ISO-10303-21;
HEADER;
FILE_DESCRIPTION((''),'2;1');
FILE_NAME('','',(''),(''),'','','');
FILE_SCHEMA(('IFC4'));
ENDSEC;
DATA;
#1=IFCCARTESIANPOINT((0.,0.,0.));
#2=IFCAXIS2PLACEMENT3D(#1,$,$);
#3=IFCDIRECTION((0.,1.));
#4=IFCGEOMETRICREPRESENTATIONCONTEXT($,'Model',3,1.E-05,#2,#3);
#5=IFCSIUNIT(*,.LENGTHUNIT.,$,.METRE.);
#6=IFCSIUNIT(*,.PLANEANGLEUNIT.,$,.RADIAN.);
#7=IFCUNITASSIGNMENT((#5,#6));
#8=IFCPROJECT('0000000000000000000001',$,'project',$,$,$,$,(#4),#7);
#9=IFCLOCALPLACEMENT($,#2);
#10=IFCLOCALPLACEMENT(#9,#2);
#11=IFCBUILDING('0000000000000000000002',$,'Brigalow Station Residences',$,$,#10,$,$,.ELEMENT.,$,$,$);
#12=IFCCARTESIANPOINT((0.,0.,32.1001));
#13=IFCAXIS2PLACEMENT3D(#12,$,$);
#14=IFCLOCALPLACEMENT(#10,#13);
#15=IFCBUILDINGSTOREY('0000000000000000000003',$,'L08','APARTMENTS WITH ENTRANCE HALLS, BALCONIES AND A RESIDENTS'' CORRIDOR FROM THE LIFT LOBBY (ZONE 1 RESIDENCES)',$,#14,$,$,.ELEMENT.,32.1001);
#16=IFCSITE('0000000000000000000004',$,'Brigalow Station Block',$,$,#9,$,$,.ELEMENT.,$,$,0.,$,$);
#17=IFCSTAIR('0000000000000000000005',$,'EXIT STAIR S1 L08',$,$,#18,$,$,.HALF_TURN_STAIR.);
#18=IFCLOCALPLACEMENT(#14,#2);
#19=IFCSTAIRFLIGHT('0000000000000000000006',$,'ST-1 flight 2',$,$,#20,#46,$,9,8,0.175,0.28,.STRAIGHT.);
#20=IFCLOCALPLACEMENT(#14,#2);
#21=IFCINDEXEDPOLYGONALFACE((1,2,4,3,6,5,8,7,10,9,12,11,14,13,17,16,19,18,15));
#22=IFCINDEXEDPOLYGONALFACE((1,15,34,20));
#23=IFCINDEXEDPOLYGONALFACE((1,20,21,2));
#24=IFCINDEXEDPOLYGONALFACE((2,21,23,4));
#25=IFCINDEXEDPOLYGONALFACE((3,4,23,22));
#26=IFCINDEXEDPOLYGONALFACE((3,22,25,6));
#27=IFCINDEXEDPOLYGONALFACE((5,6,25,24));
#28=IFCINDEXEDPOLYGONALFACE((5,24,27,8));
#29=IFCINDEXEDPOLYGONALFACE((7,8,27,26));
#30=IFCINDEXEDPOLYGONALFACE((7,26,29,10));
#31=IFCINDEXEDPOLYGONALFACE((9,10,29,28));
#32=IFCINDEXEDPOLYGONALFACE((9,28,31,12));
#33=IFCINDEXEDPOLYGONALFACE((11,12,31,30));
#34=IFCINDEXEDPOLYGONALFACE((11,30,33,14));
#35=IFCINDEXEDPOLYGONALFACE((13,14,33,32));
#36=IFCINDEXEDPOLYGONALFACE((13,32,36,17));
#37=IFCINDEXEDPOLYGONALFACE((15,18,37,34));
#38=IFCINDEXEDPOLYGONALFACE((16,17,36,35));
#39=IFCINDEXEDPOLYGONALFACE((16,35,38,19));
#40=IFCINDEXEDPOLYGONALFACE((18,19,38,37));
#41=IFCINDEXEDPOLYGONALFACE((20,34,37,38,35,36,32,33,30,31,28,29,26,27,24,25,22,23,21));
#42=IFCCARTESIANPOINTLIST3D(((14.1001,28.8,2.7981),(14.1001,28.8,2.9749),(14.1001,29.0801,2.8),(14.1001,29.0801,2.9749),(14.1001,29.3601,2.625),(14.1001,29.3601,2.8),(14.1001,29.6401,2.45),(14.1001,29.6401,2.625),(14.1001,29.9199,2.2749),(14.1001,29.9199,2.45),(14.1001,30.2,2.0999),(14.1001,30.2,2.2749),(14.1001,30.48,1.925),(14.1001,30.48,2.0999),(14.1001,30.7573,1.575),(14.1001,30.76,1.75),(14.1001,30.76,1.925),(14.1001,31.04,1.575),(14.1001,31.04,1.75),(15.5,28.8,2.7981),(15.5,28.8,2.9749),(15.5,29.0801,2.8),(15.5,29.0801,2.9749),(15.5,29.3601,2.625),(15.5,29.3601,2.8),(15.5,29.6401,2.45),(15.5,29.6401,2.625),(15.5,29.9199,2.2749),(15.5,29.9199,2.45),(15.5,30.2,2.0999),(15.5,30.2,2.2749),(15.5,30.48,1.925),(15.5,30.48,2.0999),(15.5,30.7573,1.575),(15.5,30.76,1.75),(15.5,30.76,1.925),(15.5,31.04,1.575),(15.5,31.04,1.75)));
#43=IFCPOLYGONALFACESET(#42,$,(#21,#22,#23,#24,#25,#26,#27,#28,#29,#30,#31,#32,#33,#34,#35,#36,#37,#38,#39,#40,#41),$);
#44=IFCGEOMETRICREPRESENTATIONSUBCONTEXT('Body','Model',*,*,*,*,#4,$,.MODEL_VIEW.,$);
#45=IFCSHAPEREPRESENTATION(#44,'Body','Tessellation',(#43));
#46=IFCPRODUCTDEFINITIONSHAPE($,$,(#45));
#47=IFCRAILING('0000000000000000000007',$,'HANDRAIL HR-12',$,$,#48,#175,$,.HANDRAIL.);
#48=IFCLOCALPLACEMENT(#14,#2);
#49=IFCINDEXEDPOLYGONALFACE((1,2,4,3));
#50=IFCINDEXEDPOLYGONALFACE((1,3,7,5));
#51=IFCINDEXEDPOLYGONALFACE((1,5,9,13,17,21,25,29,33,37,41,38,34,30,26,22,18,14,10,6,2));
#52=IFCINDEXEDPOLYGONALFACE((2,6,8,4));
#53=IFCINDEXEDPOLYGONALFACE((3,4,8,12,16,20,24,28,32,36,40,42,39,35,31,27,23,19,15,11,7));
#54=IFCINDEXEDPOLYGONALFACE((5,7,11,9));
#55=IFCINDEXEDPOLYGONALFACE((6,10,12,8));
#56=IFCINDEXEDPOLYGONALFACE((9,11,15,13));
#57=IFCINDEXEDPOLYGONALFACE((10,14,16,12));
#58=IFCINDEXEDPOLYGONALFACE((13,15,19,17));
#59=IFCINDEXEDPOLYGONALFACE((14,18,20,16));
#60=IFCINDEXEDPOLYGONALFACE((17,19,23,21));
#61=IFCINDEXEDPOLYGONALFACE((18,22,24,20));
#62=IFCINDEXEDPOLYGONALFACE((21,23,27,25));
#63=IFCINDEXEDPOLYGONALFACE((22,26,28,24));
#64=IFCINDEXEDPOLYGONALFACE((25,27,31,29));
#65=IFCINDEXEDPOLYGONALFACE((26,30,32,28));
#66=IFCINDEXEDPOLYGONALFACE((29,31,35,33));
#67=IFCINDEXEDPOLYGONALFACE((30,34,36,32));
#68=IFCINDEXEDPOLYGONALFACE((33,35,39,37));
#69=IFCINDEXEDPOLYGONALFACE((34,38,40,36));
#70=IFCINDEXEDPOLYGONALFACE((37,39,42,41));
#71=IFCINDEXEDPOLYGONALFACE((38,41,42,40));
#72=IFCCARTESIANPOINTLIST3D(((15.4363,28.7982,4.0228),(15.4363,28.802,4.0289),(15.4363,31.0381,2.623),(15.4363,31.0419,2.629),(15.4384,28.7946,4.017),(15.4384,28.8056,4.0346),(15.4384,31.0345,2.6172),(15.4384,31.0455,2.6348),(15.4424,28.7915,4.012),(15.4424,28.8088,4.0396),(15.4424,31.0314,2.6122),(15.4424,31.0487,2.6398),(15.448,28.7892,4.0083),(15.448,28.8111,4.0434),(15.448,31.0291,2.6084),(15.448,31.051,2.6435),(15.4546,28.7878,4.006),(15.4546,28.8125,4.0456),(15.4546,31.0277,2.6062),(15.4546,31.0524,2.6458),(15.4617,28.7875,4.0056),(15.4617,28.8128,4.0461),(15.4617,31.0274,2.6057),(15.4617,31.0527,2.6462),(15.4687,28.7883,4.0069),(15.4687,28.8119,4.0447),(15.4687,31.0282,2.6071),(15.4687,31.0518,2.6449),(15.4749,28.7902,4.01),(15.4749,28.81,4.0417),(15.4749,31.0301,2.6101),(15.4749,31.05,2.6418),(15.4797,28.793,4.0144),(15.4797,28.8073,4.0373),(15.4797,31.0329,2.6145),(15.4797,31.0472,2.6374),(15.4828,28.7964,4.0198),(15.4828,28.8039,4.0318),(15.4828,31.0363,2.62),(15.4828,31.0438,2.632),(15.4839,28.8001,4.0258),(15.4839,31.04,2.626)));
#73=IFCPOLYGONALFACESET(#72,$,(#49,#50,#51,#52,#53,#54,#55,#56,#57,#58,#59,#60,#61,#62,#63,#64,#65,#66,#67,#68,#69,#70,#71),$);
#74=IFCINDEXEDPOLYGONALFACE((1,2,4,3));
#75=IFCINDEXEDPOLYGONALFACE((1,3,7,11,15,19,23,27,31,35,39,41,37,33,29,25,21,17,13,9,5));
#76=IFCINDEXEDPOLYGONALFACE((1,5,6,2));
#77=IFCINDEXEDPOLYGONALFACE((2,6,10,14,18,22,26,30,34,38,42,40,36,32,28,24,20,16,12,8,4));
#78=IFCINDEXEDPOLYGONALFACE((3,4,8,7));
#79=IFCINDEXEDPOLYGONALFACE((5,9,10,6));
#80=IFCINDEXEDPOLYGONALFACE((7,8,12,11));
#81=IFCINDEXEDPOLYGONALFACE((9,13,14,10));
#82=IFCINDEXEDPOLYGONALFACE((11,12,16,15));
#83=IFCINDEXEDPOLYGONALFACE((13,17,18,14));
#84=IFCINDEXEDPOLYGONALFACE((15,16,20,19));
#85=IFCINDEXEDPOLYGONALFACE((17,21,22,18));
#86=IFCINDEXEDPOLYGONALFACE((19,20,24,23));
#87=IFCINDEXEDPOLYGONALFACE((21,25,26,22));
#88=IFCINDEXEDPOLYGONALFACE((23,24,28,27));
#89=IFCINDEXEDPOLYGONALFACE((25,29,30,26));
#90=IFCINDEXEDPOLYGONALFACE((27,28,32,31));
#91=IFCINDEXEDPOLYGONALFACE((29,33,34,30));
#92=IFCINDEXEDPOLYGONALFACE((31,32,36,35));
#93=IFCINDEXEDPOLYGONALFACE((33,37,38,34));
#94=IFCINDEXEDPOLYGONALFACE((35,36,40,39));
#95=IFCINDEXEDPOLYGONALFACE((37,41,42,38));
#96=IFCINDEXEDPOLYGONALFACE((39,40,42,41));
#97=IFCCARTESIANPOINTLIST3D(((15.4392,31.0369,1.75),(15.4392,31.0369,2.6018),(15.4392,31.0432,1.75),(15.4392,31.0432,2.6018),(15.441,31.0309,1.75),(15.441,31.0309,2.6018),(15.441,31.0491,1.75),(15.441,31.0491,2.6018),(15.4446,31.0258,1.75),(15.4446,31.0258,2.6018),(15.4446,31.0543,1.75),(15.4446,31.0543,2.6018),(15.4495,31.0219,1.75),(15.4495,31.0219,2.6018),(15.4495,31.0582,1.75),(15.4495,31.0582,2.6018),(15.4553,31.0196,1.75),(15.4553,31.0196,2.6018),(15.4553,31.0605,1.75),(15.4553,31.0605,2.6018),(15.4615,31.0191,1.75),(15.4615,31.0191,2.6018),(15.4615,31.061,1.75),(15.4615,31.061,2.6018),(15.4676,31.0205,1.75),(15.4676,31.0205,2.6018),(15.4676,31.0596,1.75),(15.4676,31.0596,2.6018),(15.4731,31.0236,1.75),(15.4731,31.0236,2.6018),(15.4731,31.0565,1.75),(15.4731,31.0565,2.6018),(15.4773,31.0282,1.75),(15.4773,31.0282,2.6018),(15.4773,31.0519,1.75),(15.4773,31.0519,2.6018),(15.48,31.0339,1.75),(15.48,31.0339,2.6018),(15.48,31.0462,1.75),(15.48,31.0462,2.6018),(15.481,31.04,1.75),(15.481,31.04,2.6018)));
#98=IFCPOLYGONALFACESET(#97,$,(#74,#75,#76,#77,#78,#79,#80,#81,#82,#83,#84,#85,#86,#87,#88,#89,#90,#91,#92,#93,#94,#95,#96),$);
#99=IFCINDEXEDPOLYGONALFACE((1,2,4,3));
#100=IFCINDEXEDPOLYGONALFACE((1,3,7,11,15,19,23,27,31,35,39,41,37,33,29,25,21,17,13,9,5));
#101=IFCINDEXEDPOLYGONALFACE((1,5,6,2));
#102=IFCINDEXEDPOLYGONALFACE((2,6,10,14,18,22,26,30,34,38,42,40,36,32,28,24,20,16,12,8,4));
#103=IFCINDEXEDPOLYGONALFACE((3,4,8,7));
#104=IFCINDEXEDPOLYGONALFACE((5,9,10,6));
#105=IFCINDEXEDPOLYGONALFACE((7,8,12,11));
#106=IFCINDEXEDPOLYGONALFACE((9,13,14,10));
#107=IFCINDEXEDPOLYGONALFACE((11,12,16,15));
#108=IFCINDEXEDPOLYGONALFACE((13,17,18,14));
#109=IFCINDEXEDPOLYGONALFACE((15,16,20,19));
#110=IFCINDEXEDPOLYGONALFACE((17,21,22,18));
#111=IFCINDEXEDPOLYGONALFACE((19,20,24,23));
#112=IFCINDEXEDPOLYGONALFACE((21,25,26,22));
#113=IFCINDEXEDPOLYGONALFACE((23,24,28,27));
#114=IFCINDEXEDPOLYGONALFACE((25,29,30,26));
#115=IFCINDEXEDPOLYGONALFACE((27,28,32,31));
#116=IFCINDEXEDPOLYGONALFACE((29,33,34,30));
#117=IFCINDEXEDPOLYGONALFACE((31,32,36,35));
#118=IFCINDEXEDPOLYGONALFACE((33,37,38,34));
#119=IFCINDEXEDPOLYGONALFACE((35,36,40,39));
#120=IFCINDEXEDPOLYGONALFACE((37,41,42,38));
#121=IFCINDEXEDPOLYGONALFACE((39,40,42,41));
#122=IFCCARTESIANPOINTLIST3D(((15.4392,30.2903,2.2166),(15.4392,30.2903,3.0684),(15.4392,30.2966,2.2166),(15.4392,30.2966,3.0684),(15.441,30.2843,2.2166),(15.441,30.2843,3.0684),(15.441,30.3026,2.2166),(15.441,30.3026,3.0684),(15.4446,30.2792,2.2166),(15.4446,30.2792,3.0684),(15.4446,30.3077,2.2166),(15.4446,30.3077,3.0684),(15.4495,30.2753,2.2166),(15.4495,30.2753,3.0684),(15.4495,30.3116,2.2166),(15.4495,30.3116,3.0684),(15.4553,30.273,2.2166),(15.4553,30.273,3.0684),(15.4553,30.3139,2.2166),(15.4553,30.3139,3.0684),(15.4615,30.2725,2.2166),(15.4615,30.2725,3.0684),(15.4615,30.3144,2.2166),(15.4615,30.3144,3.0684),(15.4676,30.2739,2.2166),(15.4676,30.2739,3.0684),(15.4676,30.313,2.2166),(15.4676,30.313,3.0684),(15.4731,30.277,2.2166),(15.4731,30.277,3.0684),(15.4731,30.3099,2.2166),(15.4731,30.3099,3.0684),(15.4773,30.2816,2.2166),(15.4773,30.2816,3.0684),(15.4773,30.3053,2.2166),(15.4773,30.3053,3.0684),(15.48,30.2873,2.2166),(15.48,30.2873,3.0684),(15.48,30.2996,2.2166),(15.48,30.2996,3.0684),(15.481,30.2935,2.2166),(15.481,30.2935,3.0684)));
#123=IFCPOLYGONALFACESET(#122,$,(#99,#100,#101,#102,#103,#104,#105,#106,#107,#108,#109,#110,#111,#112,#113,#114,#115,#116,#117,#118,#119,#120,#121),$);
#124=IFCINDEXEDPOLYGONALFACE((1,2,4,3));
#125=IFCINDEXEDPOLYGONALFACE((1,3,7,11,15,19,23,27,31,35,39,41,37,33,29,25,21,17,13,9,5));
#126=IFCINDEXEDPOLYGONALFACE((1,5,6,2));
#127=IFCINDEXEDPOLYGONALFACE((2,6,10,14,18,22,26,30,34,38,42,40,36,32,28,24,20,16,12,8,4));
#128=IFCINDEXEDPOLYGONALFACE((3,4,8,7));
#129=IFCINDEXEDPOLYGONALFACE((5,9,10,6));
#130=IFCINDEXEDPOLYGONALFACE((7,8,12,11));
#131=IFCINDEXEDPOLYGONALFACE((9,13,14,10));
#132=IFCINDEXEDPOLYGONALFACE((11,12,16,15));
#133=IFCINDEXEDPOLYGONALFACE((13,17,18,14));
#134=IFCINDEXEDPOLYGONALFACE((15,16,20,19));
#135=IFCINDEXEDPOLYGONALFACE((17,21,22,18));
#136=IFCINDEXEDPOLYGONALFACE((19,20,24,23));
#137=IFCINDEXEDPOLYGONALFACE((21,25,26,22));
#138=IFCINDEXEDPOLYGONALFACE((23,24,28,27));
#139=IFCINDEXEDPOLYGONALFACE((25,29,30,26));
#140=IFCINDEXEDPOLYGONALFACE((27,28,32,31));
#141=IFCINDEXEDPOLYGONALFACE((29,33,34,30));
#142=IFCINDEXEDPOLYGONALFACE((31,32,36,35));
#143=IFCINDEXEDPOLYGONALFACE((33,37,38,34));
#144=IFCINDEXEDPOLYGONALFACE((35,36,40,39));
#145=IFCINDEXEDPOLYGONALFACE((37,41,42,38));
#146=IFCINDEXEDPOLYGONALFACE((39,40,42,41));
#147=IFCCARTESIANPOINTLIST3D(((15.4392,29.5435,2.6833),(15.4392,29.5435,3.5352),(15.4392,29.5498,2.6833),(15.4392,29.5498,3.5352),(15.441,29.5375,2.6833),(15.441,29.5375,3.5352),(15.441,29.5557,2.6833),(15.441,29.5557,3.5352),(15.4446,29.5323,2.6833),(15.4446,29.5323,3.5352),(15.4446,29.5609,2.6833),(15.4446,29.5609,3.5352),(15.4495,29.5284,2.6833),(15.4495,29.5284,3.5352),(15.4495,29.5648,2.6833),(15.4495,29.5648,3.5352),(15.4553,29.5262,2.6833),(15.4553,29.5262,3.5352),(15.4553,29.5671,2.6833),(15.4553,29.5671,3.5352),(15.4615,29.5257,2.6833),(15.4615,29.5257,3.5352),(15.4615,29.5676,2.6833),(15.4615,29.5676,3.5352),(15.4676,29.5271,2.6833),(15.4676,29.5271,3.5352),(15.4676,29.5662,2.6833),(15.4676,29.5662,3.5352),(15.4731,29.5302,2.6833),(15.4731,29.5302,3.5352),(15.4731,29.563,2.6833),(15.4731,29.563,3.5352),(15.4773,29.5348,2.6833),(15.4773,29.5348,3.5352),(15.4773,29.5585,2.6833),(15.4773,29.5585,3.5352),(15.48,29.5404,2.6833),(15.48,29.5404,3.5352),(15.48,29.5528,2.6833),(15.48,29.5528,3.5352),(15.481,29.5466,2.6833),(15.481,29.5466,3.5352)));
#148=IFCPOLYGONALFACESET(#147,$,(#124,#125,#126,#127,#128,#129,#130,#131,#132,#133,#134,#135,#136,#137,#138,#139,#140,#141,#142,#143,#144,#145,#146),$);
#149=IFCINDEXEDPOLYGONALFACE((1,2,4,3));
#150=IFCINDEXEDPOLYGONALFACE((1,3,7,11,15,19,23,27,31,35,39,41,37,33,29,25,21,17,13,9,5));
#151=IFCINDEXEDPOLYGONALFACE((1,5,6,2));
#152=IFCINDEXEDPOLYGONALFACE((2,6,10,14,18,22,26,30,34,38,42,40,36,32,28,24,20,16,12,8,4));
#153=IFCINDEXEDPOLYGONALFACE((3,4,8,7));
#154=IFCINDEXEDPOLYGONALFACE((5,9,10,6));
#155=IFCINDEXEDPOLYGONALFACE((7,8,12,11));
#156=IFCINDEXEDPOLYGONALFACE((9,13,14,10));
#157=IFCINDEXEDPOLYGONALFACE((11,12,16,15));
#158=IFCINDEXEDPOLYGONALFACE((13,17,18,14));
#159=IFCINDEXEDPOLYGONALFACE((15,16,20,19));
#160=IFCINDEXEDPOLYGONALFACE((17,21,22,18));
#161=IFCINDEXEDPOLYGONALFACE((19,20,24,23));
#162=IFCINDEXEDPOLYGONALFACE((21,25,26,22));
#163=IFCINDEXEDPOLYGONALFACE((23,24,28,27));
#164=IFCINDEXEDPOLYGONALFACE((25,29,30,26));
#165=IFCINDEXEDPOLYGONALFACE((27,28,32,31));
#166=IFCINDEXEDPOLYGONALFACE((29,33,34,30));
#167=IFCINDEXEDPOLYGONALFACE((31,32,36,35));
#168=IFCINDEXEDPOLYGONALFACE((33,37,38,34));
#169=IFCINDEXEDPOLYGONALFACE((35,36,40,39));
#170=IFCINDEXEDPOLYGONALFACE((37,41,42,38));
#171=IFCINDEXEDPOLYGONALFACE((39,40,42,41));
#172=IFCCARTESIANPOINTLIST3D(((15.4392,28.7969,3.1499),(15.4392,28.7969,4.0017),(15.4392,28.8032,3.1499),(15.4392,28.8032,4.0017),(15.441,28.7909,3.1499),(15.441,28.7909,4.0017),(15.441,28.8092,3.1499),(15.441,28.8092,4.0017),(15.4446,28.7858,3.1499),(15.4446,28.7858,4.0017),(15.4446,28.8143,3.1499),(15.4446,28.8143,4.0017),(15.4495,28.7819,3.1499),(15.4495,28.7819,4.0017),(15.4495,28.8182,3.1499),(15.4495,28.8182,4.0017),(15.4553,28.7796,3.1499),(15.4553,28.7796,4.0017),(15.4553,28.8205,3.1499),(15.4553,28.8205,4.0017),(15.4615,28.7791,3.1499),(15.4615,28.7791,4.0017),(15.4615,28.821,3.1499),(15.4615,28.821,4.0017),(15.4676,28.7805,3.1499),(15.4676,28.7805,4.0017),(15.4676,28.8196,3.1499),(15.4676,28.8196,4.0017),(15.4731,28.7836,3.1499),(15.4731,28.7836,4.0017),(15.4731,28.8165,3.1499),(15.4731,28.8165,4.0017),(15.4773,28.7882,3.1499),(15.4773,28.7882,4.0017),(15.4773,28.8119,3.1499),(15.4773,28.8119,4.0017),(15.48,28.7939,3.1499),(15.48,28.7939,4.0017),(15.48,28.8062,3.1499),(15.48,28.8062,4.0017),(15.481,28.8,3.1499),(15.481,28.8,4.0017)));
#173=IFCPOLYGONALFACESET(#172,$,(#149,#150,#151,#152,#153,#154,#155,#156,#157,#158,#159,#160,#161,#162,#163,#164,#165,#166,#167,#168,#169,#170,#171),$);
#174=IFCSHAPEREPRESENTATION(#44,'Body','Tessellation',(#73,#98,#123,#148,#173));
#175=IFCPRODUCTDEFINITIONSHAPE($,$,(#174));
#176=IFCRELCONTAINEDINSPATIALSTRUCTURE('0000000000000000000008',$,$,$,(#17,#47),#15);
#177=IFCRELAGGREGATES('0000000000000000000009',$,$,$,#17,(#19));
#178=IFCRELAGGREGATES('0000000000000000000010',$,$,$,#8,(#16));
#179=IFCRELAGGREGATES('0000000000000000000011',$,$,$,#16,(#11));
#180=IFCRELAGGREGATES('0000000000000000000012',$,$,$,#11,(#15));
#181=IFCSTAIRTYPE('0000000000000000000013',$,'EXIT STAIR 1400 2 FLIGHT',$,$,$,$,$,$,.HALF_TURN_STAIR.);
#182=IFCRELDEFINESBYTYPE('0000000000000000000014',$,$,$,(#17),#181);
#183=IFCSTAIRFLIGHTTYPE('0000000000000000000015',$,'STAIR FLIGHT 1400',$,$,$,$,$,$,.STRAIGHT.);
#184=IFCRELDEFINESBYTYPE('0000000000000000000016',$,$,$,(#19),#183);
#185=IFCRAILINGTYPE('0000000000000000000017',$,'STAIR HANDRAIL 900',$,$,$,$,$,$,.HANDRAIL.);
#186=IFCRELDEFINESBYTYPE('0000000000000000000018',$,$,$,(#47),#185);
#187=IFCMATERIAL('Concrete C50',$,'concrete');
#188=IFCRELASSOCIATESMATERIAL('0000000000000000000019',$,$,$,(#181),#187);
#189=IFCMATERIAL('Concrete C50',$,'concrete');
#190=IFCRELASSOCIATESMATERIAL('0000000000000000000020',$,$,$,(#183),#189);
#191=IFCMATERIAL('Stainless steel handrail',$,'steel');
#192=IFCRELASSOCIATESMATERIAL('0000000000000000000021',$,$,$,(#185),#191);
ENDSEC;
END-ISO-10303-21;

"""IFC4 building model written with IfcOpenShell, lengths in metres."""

from ifc_helpers import new_model, si_unit, direction, frame, origin, origin_2d, place, context, subcontext, project, spatial, polyline, circle, outline, extrude, material, type_object, element, aggregate, save


model = new_model("IFC4")

# Units and contexts
model_context = context("Model", 3, precision=1e-05, world=origin(), true_north=direction((0.0, 1.0)))
body_context = subcontext(model_context, "Body", "Model", "MODEL_VIEW")
ifc_project = project(units=[si_unit("LENGTHUNIT", "METRE"), si_unit("PLANEANGLEUNIT", "RADIAN")], contexts=[model_context])

# Site, building, storey
site_placement = place(None, origin())
site = spatial("IfcSite", under=ifc_project, at=site_placement, Name="Brigalow Station Block", CompositionType="ELEMENT", RefElevation=0.0)
building_placement = place(site_placement, origin())
building = spatial("IfcBuilding", under=site, at=building_placement, Name="Brigalow Station Residences", CompositionType="ELEMENT")
storey_placement = place(building_placement, frame((0.0, 0.0, 32.1001)))
storey = spatial("IfcBuildingStorey", under=building, at=storey_placement, Name="L08", Description="APARTMENTS WITH ENTRANCE HALLS, BALCONIES AND A RESIDENTS' CORRIDOR FROM THE LIFT LOBBY (ZONE 1 RESIDENCES)", CompositionType="ELEMENT", Elevation=32.1001)

# Stair, stair flight
ifc_material_1 = material(Name="Concrete C50", Category="concrete")
stair_type = type_object("IfcStairType", Name="EXIT STAIR 1400 2 FLIGHT", PredefinedType="HALF_TURN_STAIR", material=ifc_material_1)
stair_placement = place(storey_placement, origin())
stair = element("IfcStair", 1, at=stair_placement, inside=storey, type_object=stair_type, Name="EXIT STAIR S1 L08", PredefinedType="HALF_TURN_STAIR")
ifc_material_2 = material(Name="Concrete C50", Category="concrete")
stair_flight_type = type_object("IfcStairFlightType", Name="STAIR FLIGHT 1400", PredefinedType="STRAIGHT", material=ifc_material_2)
stair_flight_1_placement = place(storey_placement, frame((14.8, 31.04, 1.575), z_axis=(0.0, 0.0, 1.0), x_axis=(0.0, -1.0, 0.0)))
stair_flight_1 = element("IfcStairFlight", 2, at=stair_flight_1_placement, type_object=stair_flight_type, Name="ST-1 flight 2", NumberOfRisers=9, NumberOfTreads=8, PredefinedType="STRAIGHT", RiserHeight=0.175, TreadLength=0.28, context=body_context, shape_type="SweptSolid", body=[
    extrude(outline(polyline([(0.0, 0.0), (0.0, 0.175), (0.28, 0.175), (0.28, 0.3501), (0.5601, 0.3501), (0.5601, 0.5249), (0.8401, 0.5249), (0.8401, 0.7), (1.1201, 0.7), (1.1201, 0.875), (1.3999, 0.875), (1.3999, 1.05), (1.6799, 1.05), (1.6799, 1.2251), (1.96, 1.2251), (1.96, 1.3999), (2.24, 1.3999), (2.24, 1.575), (2.24, 1.2231), (0.2827, 0.0), (0.0, 0.0)])), frame((0.0, 0.7, 0.0), z_axis=(0.0, -1.0, 0.0), x_axis=(1.0, 0.0, 0.0)), (0.0, 0.0, 1.0), 1.3999),
])
aggregate(stair, [stair_flight_1])

# Railing
ifc_material_3 = material(Name="Stainless steel handrail", Category="steel")
railing_type_1 = type_object("IfcRailingType", Name="STAIR HANDRAIL 900", PredefinedType="HANDRAIL", material=ifc_material_3)
railing_1_placement = place(storey_placement, frame((15.46, 31.04, 1.75)))
element("IfcRailing", 3, at=railing_1_placement, inside=storey, type_object=railing_type_1, Name="HANDRAIL HR-12", PredefinedType="HANDRAIL", context=body_context, shape_type="SweptSolid", body=[
    extrude(circle(Radius=0.0239, at=origin_2d()), frame((0.0, 0.0, 0.876), z_axis=(0.0, -0.848014, 0.529974), x_axis=(1.0, 0.0, 0.0)), (0.0, 0.0, 1.0), 2.6414),
    extrude(circle(Radius=0.021, at=origin_2d()), origin(), (0.0, 0.0, 1.0), 0.8518),
    extrude(circle(Radius=0.021, at=origin_2d()), frame((0.0, -0.7466, 0.4666)), (0.0, 0.0, 1.0), 0.8518),
    extrude(circle(Radius=0.021, at=origin_2d()), frame((0.0, -1.4934, 0.9333)), (0.0, 0.0, 1.0), 0.8518),
    extrude(circle(Radius=0.021, at=origin_2d()), frame((0.0, -2.24, 1.3999)), (0.0, 0.0, 1.0), 0.8518),
])

save(model, "model.ifc")
